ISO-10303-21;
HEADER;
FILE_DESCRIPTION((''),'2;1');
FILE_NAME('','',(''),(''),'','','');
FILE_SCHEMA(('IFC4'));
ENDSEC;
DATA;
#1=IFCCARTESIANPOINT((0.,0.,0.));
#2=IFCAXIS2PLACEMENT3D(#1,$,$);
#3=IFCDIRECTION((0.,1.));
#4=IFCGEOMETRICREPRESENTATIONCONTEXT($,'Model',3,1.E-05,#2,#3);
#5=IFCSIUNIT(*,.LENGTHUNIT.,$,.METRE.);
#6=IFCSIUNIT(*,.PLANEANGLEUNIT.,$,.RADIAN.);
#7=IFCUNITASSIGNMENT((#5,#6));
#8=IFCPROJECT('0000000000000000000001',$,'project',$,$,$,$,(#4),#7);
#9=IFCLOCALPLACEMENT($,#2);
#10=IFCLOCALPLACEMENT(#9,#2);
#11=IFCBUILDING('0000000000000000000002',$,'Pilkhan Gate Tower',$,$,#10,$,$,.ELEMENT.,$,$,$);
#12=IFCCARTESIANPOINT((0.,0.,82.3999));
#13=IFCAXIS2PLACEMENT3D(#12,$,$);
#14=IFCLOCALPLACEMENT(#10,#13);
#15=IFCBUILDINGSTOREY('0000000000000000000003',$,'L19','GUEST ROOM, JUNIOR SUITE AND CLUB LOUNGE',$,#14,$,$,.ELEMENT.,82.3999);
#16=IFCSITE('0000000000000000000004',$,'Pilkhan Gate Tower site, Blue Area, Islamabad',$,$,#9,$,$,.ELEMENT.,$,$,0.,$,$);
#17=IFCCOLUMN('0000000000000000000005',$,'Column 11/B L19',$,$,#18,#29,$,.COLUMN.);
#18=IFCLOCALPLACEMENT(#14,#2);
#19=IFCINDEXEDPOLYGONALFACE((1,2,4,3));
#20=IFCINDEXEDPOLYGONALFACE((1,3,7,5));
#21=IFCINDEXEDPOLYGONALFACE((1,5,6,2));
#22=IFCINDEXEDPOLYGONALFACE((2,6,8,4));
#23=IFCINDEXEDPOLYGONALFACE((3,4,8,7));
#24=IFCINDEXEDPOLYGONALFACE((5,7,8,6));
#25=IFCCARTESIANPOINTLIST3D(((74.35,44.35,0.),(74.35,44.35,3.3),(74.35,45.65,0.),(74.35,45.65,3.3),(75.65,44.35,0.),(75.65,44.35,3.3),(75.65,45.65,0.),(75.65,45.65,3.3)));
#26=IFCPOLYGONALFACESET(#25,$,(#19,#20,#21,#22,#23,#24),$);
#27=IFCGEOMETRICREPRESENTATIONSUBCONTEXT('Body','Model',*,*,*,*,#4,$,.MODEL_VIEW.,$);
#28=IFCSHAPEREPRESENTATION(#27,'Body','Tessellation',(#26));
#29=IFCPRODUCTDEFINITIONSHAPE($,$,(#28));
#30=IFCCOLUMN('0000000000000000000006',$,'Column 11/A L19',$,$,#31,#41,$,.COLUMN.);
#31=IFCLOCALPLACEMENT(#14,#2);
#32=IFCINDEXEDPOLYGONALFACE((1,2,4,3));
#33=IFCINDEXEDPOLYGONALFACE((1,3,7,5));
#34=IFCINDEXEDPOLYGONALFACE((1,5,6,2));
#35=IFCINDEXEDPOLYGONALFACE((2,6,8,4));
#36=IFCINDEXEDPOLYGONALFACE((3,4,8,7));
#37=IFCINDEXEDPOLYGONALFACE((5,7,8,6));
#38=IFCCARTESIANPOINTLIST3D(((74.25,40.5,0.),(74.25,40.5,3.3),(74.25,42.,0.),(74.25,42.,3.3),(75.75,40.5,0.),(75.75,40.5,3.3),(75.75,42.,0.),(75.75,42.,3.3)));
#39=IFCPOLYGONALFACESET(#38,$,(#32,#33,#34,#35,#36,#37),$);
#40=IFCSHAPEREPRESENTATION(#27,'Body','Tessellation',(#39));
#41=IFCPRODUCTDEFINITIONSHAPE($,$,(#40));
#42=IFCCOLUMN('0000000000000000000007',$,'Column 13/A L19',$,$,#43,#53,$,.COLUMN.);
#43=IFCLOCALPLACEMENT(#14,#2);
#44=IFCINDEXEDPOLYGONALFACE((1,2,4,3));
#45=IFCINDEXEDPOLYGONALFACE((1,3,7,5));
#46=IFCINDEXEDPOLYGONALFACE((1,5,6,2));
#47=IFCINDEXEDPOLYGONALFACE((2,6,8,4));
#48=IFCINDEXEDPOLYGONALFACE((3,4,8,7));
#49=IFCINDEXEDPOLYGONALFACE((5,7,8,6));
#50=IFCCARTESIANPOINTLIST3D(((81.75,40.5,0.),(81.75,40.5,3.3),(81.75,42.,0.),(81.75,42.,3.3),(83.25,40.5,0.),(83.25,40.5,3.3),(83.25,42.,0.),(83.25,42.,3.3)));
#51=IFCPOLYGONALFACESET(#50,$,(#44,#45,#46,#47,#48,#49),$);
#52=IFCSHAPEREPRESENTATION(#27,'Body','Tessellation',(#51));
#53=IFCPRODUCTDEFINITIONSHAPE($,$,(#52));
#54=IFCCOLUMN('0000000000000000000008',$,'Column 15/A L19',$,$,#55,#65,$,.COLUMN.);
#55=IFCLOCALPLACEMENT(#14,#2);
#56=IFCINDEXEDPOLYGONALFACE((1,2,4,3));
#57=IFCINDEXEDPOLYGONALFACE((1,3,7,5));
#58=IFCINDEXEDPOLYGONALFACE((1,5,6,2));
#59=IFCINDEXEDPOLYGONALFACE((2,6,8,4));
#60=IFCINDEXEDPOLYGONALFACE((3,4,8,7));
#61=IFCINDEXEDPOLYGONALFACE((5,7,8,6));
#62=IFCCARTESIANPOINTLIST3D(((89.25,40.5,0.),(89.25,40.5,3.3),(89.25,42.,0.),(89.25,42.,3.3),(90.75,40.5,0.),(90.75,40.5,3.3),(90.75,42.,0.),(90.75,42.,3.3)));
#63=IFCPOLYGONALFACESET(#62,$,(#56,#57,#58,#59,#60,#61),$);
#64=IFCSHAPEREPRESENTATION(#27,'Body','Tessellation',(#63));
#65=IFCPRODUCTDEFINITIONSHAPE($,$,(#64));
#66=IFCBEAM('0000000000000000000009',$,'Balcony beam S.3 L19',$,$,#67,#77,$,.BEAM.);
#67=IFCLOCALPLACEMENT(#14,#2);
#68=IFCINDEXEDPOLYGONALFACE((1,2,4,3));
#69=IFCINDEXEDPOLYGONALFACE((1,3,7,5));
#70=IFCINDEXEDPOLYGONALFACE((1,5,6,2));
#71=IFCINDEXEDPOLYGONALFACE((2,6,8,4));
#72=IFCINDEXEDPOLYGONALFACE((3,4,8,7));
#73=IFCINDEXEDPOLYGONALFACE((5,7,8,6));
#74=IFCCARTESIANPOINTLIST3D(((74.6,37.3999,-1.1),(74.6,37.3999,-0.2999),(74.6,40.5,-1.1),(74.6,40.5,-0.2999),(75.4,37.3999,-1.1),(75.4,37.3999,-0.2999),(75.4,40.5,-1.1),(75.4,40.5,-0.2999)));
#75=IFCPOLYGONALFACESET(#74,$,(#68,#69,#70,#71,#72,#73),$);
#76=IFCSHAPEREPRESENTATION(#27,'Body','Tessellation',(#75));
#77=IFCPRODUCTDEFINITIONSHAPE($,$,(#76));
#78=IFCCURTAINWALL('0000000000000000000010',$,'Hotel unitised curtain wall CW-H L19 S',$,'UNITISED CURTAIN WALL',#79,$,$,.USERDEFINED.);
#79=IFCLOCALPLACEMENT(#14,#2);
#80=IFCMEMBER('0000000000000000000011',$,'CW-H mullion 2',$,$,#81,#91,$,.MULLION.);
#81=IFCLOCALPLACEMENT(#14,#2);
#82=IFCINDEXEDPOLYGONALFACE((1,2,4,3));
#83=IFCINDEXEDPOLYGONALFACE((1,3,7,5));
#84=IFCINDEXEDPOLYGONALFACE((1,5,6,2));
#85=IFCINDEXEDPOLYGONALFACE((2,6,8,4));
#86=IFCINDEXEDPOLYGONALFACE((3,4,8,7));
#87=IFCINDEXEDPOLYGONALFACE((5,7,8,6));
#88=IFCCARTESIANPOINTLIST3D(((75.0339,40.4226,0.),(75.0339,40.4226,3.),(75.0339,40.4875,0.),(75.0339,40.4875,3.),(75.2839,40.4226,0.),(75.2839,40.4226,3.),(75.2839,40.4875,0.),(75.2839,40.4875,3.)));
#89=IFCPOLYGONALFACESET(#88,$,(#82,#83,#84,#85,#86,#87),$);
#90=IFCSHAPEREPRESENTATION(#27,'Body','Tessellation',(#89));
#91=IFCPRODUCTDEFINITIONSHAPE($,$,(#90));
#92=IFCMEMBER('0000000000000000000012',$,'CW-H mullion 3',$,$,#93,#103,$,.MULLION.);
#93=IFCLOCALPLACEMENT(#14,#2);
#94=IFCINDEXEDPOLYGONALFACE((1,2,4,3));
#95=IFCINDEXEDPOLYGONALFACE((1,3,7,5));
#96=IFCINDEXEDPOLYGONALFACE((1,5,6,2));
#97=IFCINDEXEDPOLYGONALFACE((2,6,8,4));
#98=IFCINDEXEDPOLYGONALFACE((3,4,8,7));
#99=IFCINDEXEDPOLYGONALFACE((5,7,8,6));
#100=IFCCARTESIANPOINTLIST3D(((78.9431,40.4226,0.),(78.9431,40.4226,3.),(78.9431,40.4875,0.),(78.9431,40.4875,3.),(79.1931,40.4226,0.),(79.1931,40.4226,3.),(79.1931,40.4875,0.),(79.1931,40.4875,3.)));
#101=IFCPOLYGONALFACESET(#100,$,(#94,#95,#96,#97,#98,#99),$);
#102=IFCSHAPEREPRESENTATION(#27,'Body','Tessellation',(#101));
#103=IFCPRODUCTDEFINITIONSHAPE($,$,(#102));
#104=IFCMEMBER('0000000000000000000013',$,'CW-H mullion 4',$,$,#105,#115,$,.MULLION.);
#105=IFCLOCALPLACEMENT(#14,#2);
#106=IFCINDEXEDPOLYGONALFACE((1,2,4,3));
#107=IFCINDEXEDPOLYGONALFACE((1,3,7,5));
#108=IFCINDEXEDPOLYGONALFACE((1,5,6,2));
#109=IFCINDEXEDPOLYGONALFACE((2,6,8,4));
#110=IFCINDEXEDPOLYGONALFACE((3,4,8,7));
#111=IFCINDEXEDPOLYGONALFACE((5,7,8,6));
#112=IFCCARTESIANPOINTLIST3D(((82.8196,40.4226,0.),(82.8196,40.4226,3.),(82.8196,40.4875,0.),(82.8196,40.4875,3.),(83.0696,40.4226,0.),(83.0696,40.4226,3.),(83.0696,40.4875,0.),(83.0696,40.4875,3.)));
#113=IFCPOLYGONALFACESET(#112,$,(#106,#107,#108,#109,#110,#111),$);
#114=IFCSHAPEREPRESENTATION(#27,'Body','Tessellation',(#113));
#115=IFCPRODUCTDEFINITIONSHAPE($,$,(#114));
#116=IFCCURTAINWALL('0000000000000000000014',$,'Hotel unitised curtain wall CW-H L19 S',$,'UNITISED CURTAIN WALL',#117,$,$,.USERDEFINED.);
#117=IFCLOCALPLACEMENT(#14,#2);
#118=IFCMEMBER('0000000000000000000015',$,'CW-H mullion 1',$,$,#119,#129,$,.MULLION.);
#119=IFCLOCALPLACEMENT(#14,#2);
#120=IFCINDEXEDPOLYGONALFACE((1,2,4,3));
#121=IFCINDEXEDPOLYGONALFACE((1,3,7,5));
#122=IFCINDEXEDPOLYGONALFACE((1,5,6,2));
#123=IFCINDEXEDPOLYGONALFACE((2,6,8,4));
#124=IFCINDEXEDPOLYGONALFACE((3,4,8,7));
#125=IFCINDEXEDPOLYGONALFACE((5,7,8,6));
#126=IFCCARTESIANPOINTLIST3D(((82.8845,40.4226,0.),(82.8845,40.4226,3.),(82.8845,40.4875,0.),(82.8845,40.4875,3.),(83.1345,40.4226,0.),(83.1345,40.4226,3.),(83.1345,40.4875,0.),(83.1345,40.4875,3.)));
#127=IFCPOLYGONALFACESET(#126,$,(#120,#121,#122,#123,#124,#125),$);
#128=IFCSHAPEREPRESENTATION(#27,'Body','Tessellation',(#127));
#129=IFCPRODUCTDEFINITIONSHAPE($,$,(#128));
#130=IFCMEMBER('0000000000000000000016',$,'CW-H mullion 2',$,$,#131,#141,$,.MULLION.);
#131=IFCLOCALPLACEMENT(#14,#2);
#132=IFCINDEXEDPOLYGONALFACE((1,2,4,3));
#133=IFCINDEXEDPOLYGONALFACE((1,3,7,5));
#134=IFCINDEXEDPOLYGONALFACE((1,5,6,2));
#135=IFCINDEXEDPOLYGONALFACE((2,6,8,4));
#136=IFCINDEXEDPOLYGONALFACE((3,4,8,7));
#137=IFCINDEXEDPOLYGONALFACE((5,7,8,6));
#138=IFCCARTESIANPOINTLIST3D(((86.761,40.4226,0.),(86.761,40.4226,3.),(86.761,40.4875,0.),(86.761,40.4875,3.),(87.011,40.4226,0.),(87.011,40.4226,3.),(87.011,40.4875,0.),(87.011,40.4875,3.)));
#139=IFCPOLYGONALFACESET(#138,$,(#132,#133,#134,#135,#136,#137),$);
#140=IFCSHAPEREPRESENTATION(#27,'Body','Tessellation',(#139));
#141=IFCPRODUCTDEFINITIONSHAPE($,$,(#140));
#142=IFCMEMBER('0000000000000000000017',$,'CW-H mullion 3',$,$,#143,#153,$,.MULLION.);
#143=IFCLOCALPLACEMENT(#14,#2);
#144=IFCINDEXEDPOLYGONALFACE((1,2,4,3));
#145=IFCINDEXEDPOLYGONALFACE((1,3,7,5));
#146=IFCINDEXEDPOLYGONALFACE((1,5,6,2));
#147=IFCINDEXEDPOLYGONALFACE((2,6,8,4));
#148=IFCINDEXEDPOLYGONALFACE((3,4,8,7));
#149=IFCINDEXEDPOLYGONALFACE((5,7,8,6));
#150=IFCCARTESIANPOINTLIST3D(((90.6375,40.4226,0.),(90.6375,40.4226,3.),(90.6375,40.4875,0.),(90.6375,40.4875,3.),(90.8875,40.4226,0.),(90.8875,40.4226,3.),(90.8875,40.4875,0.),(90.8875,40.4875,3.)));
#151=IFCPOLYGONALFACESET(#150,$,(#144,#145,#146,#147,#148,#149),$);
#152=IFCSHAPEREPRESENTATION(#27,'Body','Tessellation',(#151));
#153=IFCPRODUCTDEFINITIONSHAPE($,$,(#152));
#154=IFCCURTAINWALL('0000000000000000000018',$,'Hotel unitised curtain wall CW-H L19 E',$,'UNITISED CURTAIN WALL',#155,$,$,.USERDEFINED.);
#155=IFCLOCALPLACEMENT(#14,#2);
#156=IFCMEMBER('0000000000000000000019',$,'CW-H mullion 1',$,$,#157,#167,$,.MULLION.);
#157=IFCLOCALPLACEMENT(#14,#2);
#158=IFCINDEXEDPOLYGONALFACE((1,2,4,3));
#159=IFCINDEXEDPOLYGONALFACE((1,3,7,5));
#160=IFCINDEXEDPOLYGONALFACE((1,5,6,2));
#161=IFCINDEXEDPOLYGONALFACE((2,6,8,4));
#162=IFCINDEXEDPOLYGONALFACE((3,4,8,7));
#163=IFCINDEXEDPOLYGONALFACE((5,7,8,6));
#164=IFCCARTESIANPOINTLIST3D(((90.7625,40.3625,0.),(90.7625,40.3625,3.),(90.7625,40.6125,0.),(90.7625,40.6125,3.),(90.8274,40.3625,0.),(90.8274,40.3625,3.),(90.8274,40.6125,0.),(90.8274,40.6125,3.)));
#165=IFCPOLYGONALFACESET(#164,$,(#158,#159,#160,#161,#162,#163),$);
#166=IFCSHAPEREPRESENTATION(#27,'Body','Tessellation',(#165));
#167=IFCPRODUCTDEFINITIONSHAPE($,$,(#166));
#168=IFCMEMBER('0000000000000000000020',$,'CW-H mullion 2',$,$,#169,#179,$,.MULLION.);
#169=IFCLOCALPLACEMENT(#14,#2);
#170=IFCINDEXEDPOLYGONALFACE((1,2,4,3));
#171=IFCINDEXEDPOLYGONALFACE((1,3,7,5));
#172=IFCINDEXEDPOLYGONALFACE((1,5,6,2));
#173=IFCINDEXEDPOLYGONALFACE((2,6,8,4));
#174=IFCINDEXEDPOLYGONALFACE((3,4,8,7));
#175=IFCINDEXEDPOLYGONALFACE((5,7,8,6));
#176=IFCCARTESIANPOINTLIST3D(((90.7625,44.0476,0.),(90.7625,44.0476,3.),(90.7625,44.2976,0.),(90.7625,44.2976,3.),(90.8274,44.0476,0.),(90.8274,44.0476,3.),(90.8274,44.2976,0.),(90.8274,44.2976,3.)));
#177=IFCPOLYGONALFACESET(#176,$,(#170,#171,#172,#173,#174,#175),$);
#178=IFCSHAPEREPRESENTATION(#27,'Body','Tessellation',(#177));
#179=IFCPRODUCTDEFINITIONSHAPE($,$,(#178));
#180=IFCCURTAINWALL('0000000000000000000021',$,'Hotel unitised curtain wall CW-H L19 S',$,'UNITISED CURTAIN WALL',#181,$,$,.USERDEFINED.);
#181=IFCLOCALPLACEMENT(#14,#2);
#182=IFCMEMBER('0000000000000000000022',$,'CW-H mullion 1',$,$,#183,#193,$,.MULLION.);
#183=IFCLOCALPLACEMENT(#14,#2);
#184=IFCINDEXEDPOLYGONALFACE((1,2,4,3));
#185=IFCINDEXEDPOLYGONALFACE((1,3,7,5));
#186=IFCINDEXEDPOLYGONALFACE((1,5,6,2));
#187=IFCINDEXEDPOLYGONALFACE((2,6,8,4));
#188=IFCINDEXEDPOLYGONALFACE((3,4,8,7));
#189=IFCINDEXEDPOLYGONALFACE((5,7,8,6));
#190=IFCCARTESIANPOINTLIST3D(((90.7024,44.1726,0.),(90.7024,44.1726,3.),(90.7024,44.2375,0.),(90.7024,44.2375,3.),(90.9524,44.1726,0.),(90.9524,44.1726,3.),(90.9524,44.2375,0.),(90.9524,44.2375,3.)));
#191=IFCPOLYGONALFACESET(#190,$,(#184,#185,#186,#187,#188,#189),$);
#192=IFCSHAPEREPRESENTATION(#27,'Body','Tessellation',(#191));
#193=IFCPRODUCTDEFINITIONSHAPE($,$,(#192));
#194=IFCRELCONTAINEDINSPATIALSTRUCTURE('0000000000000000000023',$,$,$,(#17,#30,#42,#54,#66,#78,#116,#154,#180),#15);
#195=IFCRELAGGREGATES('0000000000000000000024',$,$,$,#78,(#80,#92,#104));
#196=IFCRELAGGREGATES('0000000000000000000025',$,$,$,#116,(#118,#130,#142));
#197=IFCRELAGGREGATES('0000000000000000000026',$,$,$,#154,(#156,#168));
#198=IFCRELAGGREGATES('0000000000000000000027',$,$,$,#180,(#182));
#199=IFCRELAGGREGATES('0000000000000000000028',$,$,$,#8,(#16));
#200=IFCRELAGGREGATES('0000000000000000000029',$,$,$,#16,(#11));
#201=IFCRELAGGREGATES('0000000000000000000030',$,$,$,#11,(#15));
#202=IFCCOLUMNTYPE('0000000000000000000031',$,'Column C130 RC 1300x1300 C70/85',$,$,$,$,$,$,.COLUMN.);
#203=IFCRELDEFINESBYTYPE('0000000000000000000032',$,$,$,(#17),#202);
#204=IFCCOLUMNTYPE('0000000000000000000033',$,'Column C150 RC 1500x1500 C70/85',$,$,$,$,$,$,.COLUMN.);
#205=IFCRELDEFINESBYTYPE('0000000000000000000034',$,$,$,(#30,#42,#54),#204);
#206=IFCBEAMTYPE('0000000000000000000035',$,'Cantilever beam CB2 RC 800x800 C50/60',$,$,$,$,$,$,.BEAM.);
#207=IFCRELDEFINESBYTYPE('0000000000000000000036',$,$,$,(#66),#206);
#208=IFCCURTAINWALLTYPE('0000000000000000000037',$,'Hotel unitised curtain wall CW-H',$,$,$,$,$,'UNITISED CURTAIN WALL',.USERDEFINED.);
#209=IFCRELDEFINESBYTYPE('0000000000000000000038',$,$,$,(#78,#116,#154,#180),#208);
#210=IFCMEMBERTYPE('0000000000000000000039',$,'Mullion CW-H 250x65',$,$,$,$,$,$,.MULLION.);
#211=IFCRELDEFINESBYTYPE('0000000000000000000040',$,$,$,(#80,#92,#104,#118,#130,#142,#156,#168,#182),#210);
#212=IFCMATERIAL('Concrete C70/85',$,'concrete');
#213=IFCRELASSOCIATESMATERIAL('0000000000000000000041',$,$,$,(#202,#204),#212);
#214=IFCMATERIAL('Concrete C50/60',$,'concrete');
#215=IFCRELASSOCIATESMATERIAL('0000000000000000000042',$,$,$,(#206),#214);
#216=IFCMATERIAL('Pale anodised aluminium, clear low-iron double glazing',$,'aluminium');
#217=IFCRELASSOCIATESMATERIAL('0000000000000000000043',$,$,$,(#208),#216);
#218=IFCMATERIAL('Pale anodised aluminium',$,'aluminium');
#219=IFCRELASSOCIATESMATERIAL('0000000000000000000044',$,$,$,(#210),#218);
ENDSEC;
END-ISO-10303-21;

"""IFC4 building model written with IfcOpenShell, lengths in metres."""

from ifc_helpers import new_model, si_unit, direction, frame, origin, origin_2d, place, context, subcontext, project, spatial, rectangle, extrude, material, material_profile, profile_set, type_object, element, aggregate, save


model = new_model("IFC4")

# Units and contexts
model_context = context("Model", 3, precision=1e-05, world=origin(), true_north=direction((0.0, 1.0)))
body_context = subcontext(model_context, "Body", "Model", "MODEL_VIEW")
ifc_project = project(units=[si_unit("LENGTHUNIT", "METRE"), si_unit("PLANEANGLEUNIT", "RADIAN")], contexts=[model_context])

# Site, building, storey
site_placement = place(None, origin())
site = spatial("IfcSite", under=ifc_project, at=site_placement, Name="Pilkhan Gate Tower site, Blue Area, Islamabad", CompositionType="ELEMENT", RefElevation=0.0)
building_placement = place(site_placement, origin())
building = spatial("IfcBuilding", under=site, at=building_placement, Name="Pilkhan Gate Tower", CompositionType="ELEMENT")
storey_placement = place(building_placement, frame((0.0, 0.0, 82.3999)))
storey = spatial("IfcBuildingStorey", under=building, at=storey_placement, Name="L19", Description="GUEST ROOM, JUNIOR SUITE AND CLUB LOUNGE", CompositionType="ELEMENT", Elevation=82.3999)

# Columns
ifc_material_1 = material(Name="Concrete C70/85", Category="concrete")
ifc_material_profile_1 = material_profile(ifc_material_1, rectangle(XDim=1.3, YDim=1.3, at=origin_2d()), Name="RC 1300x1300")
ifc_profile_set_1 = profile_set([ifc_material_profile_1], Name="Concrete C70/85")
column_type_1 = type_object("IfcColumnType", Name="Column C130 RC 1300x1300 C70/85", PredefinedType="COLUMN", material=ifc_profile_set_1)
column_placement = place(storey_placement, frame((75.0, 45.0, 0.0), z_axis=(0.0, 0.0, 1.0), x_axis=(1.0, 0.0, 0.0)))
element("IfcColumn", 1, at=column_placement, inside=storey, type_object=column_type_1, Name="Column 11/B L19", PredefinedType="COLUMN", context=body_context, shape_type="SweptSolid", body=[
    extrude(rectangle(XDim=1.3, YDim=1.3, at=origin_2d()), origin(), (0.0, 0.0, 1.0), 3.3),
])
ifc_material_profile_2 = material_profile(ifc_material_1, rectangle(XDim=1.5, YDim=1.5, at=origin_2d()), Name="RC 1500x1500")
ifc_profile_set_2 = profile_set([ifc_material_profile_2], Name="Concrete C70/85")
column_type_2 = type_object("IfcColumnType", Name="Column C150 RC 1500x1500 C70/85", PredefinedType="COLUMN", material=ifc_profile_set_2)
for number, where, z_axis, x_axis, name in (
    (2, (75.0, 41.25, 0.0), (0.0, 0.0, 1.0), (1.0, 0.0, 0.0), "Column 11/A L19"),
    (3, (82.5, 41.25, 0.0), (0.0, 0.0, 1.0), (1.0, 0.0, 0.0), "Column 13/A L19"),
    (4, (90.0, 41.25, 0.0), (0.0, 0.0, 1.0), (1.0, 0.0, 0.0), "Column 15/A L19"),
):
    element("IfcColumn", number, at=place(storey_placement, frame(where, z_axis=z_axis, x_axis=x_axis)), inside=storey, type_object=column_type_2, Name=name, PredefinedType="COLUMN", context=body_context, shape_type="SweptSolid", body=[
        extrude(rectangle(XDim=1.5, YDim=1.5, at=origin_2d()), origin(), (0.0, 0.0, 1.0), 3.3),
    ])

# Beam
ifc_material_2 = material(Name="Concrete C50/60", Category="concrete")
ifc_material_profile_3 = material_profile(ifc_material_2, rectangle(XDim=0.8, YDim=0.8, at=origin_2d()), Name="RC 800x800")
ifc_profile_set_3 = profile_set([ifc_material_profile_3], Name="Concrete C50/60")
beam_type = type_object("IfcBeamType", Name="Cantilever beam CB2 RC 800x800 C50/60", PredefinedType="BEAM", material=ifc_profile_set_3)
beam_placement = place(storey_placement, frame((75.0, 40.5, -0.7), z_axis=(0.0, -1.0, 0.0), x_axis=(1.0, 0.0, 0.0)))
element("IfcBeam", 5, at=beam_placement, inside=storey, type_object=beam_type, Name="Balcony beam S.3 L19", PredefinedType="BEAM", context=body_context, shape_type="SweptSolid", body=[
    extrude(rectangle(XDim=0.8, YDim=0.8, at=origin_2d()), origin(), (0.0, 0.0, 1.0), 3.1001),
])

# Curtain walls, members
ifc_material_3 = material(Name="Pale anodised aluminium, clear low-iron double glazing", Category="aluminium")
curtain_wall_type = type_object("IfcCurtainWallType", Name="Hotel unitised curtain wall CW-H", ElementType="UNITISED CURTAIN WALL", PredefinedType="USERDEFINED", material=ifc_material_3)
curtain_wall_1_placement = place(storey_placement, origin())
curtain_wall_1 = element("IfcCurtainWall", 6, at=curtain_wall_1_placement, inside=storey, type_object=curtain_wall_type, Name="Hotel unitised curtain wall CW-H L19 S", ObjectType="UNITISED CURTAIN WALL", PredefinedType="USERDEFINED")
ifc_material_4 = material(Name="Pale anodised aluminium", Category="aluminium")
ifc_material_profile_4 = material_profile(ifc_material_4, rectangle(XDim=0.0649, YDim=0.25, at=origin_2d()), Name="Mullion 250x65")
ifc_profile_set_4 = profile_set([ifc_material_profile_4], Name="Pale anodised aluminium")
member_type_1 = type_object("IfcMemberType", Name="Mullion CW-H 250x65", PredefinedType="MULLION", material=ifc_profile_set_4)
member_1_placement = place(storey_placement, frame((75.1589, 40.4551, 0.0), z_axis=(0.0, 0.0, 1.0), x_axis=(0.0, 1.0, 0.0)))
member_1 = element("IfcMember", 7, at=member_1_placement, type_object=member_type_1, Name="CW-H mullion 2", PredefinedType="MULLION", context=body_context, shape_type="SweptSolid", body=[
    extrude(rectangle(XDim=0.0649, YDim=0.25, at=origin_2d()), origin(), (0.0, 0.0, 1.0), 3.0),
])
member_2_placement = place(storey_placement, frame((79.0681, 40.4551, 0.0), z_axis=(0.0, 0.0, 1.0), x_axis=(0.0, 1.0, 0.0)))
member_2 = element("IfcMember", 8, at=member_2_placement, type_object=member_type_1, Name="CW-H mullion 3", PredefinedType="MULLION", context=body_context, shape_type="SweptSolid", body=[
    extrude(rectangle(XDim=0.0649, YDim=0.25, at=origin_2d()), origin(), (0.0, 0.0, 1.0), 3.0),
])
member_3_placement = place(storey_placement, frame((82.9446, 40.4551, 0.0), z_axis=(0.0, 0.0, 1.0), x_axis=(0.0, 1.0, 0.0)))
member_3 = element("IfcMember", 9, at=member_3_placement, type_object=member_type_1, Name="CW-H mullion 4", PredefinedType="MULLION", context=body_context, shape_type="SweptSolid", body=[
    extrude(rectangle(XDim=0.0649, YDim=0.25, at=origin_2d()), origin(), (0.0, 0.0, 1.0), 3.0),
])
curtain_wall_2_placement = place(storey_placement, origin())
curtain_wall_2 = element("IfcCurtainWall", 10, at=curtain_wall_2_placement, inside=storey, type_object=curtain_wall_type, Name="Hotel unitised curtain wall CW-H L19 S", ObjectType="UNITISED CURTAIN WALL", PredefinedType="USERDEFINED")
member_4_placement = place(storey_placement, frame((83.0095, 40.4551, 0.0), z_axis=(0.0, 0.0, 1.0), x_axis=(0.0, 1.0, 0.0)))
member_4 = element("IfcMember", 11, at=member_4_placement, type_object=member_type_1, Name="CW-H mullion 1", PredefinedType="MULLION", context=body_context, shape_type="SweptSolid", body=[
    extrude(rectangle(XDim=0.0649, YDim=0.25, at=origin_2d()), origin(), (0.0, 0.0, 1.0), 3.0),
])
member_5_placement = place(storey_placement, frame((86.886, 40.4551, 0.0), z_axis=(0.0, 0.0, 1.0), x_axis=(0.0, 1.0, 0.0)))
member_5 = element("IfcMember", 12, at=member_5_placement, type_object=member_type_1, Name="CW-H mullion 2", PredefinedType="MULLION", context=body_context, shape_type="SweptSolid", body=[
    extrude(rectangle(XDim=0.0649, YDim=0.25, at=origin_2d()), origin(), (0.0, 0.0, 1.0), 3.0),
])
member_6_placement = place(storey_placement, frame((90.7625, 40.4551, 0.0), z_axis=(0.0, 0.0, 1.0), x_axis=(0.0, 1.0, 0.0)))
member_6 = element("IfcMember", 13, at=member_6_placement, type_object=member_type_1, Name="CW-H mullion 3", PredefinedType="MULLION", context=body_context, shape_type="SweptSolid", body=[
    extrude(rectangle(XDim=0.0649, YDim=0.25, at=origin_2d()), origin(), (0.0, 0.0, 1.0), 3.0),
])
curtain_wall_3_placement = place(storey_placement, origin())
curtain_wall_3 = element("IfcCurtainWall", 14, at=curtain_wall_3_placement, inside=storey, type_object=curtain_wall_type, Name="Hotel unitised curtain wall CW-H L19 E", ObjectType="UNITISED CURTAIN WALL", PredefinedType="USERDEFINED")
member_7_placement = place(storey_placement, frame((90.7949, 40.4875, 0.0), z_axis=(0.0, 0.0, 1.0), x_axis=(-1.0, 0.0, 0.0)))
member_7 = element("IfcMember", 15, at=member_7_placement, type_object=member_type_1, Name="CW-H mullion 1", PredefinedType="MULLION", context=body_context, shape_type="SweptSolid", body=[
    extrude(rectangle(XDim=0.0649, YDim=0.25, at=origin_2d()), origin(), (0.0, 0.0, 1.0), 3.0),
])
member_8_placement = place(storey_placement, frame((90.7949, 44.1726, 0.0), z_axis=(0.0, 0.0, 1.0), x_axis=(-1.0, 0.0, 0.0)))
member_8 = element("IfcMember", 16, at=member_8_placement, type_object=member_type_1, Name="CW-H mullion 2", PredefinedType="MULLION", context=body_context, shape_type="SweptSolid", body=[
    extrude(rectangle(XDim=0.0649, YDim=0.25, at=origin_2d()), origin(), (0.0, 0.0, 1.0), 3.0),
])

# Curtain wall, member
curtain_wall_4_placement = place(storey_placement, origin())
curtain_wall_4 = element("IfcCurtainWall", 17, at=curtain_wall_4_placement, inside=storey, type_object=curtain_wall_type, Name="Hotel unitised curtain wall CW-H L19 S", ObjectType="UNITISED CURTAIN WALL", PredefinedType="USERDEFINED")
member_9_placement = place(storey_placement, frame((90.8274, 44.2051, 0.0), z_axis=(0.0, 0.0, 1.0), x_axis=(0.0, 1.0, 0.0)))
member_9 = element("IfcMember", 18, at=member_9_placement, type_object=member_type_1, Name="CW-H mullion 1", PredefinedType="MULLION", context=body_context, shape_type="SweptSolid", body=[
    extrude(rectangle(XDim=0.0649, YDim=0.25, at=origin_2d()), origin(), (0.0, 0.0, 1.0), 3.0),
])

aggregate(curtain_wall_1, [member_1, member_2, member_3])
aggregate(curtain_wall_2, [member_4, member_5, member_6])
aggregate(curtain_wall_3, [member_7, member_8])
aggregate(curtain_wall_4, [member_9])

save(model, "model.ifc")
